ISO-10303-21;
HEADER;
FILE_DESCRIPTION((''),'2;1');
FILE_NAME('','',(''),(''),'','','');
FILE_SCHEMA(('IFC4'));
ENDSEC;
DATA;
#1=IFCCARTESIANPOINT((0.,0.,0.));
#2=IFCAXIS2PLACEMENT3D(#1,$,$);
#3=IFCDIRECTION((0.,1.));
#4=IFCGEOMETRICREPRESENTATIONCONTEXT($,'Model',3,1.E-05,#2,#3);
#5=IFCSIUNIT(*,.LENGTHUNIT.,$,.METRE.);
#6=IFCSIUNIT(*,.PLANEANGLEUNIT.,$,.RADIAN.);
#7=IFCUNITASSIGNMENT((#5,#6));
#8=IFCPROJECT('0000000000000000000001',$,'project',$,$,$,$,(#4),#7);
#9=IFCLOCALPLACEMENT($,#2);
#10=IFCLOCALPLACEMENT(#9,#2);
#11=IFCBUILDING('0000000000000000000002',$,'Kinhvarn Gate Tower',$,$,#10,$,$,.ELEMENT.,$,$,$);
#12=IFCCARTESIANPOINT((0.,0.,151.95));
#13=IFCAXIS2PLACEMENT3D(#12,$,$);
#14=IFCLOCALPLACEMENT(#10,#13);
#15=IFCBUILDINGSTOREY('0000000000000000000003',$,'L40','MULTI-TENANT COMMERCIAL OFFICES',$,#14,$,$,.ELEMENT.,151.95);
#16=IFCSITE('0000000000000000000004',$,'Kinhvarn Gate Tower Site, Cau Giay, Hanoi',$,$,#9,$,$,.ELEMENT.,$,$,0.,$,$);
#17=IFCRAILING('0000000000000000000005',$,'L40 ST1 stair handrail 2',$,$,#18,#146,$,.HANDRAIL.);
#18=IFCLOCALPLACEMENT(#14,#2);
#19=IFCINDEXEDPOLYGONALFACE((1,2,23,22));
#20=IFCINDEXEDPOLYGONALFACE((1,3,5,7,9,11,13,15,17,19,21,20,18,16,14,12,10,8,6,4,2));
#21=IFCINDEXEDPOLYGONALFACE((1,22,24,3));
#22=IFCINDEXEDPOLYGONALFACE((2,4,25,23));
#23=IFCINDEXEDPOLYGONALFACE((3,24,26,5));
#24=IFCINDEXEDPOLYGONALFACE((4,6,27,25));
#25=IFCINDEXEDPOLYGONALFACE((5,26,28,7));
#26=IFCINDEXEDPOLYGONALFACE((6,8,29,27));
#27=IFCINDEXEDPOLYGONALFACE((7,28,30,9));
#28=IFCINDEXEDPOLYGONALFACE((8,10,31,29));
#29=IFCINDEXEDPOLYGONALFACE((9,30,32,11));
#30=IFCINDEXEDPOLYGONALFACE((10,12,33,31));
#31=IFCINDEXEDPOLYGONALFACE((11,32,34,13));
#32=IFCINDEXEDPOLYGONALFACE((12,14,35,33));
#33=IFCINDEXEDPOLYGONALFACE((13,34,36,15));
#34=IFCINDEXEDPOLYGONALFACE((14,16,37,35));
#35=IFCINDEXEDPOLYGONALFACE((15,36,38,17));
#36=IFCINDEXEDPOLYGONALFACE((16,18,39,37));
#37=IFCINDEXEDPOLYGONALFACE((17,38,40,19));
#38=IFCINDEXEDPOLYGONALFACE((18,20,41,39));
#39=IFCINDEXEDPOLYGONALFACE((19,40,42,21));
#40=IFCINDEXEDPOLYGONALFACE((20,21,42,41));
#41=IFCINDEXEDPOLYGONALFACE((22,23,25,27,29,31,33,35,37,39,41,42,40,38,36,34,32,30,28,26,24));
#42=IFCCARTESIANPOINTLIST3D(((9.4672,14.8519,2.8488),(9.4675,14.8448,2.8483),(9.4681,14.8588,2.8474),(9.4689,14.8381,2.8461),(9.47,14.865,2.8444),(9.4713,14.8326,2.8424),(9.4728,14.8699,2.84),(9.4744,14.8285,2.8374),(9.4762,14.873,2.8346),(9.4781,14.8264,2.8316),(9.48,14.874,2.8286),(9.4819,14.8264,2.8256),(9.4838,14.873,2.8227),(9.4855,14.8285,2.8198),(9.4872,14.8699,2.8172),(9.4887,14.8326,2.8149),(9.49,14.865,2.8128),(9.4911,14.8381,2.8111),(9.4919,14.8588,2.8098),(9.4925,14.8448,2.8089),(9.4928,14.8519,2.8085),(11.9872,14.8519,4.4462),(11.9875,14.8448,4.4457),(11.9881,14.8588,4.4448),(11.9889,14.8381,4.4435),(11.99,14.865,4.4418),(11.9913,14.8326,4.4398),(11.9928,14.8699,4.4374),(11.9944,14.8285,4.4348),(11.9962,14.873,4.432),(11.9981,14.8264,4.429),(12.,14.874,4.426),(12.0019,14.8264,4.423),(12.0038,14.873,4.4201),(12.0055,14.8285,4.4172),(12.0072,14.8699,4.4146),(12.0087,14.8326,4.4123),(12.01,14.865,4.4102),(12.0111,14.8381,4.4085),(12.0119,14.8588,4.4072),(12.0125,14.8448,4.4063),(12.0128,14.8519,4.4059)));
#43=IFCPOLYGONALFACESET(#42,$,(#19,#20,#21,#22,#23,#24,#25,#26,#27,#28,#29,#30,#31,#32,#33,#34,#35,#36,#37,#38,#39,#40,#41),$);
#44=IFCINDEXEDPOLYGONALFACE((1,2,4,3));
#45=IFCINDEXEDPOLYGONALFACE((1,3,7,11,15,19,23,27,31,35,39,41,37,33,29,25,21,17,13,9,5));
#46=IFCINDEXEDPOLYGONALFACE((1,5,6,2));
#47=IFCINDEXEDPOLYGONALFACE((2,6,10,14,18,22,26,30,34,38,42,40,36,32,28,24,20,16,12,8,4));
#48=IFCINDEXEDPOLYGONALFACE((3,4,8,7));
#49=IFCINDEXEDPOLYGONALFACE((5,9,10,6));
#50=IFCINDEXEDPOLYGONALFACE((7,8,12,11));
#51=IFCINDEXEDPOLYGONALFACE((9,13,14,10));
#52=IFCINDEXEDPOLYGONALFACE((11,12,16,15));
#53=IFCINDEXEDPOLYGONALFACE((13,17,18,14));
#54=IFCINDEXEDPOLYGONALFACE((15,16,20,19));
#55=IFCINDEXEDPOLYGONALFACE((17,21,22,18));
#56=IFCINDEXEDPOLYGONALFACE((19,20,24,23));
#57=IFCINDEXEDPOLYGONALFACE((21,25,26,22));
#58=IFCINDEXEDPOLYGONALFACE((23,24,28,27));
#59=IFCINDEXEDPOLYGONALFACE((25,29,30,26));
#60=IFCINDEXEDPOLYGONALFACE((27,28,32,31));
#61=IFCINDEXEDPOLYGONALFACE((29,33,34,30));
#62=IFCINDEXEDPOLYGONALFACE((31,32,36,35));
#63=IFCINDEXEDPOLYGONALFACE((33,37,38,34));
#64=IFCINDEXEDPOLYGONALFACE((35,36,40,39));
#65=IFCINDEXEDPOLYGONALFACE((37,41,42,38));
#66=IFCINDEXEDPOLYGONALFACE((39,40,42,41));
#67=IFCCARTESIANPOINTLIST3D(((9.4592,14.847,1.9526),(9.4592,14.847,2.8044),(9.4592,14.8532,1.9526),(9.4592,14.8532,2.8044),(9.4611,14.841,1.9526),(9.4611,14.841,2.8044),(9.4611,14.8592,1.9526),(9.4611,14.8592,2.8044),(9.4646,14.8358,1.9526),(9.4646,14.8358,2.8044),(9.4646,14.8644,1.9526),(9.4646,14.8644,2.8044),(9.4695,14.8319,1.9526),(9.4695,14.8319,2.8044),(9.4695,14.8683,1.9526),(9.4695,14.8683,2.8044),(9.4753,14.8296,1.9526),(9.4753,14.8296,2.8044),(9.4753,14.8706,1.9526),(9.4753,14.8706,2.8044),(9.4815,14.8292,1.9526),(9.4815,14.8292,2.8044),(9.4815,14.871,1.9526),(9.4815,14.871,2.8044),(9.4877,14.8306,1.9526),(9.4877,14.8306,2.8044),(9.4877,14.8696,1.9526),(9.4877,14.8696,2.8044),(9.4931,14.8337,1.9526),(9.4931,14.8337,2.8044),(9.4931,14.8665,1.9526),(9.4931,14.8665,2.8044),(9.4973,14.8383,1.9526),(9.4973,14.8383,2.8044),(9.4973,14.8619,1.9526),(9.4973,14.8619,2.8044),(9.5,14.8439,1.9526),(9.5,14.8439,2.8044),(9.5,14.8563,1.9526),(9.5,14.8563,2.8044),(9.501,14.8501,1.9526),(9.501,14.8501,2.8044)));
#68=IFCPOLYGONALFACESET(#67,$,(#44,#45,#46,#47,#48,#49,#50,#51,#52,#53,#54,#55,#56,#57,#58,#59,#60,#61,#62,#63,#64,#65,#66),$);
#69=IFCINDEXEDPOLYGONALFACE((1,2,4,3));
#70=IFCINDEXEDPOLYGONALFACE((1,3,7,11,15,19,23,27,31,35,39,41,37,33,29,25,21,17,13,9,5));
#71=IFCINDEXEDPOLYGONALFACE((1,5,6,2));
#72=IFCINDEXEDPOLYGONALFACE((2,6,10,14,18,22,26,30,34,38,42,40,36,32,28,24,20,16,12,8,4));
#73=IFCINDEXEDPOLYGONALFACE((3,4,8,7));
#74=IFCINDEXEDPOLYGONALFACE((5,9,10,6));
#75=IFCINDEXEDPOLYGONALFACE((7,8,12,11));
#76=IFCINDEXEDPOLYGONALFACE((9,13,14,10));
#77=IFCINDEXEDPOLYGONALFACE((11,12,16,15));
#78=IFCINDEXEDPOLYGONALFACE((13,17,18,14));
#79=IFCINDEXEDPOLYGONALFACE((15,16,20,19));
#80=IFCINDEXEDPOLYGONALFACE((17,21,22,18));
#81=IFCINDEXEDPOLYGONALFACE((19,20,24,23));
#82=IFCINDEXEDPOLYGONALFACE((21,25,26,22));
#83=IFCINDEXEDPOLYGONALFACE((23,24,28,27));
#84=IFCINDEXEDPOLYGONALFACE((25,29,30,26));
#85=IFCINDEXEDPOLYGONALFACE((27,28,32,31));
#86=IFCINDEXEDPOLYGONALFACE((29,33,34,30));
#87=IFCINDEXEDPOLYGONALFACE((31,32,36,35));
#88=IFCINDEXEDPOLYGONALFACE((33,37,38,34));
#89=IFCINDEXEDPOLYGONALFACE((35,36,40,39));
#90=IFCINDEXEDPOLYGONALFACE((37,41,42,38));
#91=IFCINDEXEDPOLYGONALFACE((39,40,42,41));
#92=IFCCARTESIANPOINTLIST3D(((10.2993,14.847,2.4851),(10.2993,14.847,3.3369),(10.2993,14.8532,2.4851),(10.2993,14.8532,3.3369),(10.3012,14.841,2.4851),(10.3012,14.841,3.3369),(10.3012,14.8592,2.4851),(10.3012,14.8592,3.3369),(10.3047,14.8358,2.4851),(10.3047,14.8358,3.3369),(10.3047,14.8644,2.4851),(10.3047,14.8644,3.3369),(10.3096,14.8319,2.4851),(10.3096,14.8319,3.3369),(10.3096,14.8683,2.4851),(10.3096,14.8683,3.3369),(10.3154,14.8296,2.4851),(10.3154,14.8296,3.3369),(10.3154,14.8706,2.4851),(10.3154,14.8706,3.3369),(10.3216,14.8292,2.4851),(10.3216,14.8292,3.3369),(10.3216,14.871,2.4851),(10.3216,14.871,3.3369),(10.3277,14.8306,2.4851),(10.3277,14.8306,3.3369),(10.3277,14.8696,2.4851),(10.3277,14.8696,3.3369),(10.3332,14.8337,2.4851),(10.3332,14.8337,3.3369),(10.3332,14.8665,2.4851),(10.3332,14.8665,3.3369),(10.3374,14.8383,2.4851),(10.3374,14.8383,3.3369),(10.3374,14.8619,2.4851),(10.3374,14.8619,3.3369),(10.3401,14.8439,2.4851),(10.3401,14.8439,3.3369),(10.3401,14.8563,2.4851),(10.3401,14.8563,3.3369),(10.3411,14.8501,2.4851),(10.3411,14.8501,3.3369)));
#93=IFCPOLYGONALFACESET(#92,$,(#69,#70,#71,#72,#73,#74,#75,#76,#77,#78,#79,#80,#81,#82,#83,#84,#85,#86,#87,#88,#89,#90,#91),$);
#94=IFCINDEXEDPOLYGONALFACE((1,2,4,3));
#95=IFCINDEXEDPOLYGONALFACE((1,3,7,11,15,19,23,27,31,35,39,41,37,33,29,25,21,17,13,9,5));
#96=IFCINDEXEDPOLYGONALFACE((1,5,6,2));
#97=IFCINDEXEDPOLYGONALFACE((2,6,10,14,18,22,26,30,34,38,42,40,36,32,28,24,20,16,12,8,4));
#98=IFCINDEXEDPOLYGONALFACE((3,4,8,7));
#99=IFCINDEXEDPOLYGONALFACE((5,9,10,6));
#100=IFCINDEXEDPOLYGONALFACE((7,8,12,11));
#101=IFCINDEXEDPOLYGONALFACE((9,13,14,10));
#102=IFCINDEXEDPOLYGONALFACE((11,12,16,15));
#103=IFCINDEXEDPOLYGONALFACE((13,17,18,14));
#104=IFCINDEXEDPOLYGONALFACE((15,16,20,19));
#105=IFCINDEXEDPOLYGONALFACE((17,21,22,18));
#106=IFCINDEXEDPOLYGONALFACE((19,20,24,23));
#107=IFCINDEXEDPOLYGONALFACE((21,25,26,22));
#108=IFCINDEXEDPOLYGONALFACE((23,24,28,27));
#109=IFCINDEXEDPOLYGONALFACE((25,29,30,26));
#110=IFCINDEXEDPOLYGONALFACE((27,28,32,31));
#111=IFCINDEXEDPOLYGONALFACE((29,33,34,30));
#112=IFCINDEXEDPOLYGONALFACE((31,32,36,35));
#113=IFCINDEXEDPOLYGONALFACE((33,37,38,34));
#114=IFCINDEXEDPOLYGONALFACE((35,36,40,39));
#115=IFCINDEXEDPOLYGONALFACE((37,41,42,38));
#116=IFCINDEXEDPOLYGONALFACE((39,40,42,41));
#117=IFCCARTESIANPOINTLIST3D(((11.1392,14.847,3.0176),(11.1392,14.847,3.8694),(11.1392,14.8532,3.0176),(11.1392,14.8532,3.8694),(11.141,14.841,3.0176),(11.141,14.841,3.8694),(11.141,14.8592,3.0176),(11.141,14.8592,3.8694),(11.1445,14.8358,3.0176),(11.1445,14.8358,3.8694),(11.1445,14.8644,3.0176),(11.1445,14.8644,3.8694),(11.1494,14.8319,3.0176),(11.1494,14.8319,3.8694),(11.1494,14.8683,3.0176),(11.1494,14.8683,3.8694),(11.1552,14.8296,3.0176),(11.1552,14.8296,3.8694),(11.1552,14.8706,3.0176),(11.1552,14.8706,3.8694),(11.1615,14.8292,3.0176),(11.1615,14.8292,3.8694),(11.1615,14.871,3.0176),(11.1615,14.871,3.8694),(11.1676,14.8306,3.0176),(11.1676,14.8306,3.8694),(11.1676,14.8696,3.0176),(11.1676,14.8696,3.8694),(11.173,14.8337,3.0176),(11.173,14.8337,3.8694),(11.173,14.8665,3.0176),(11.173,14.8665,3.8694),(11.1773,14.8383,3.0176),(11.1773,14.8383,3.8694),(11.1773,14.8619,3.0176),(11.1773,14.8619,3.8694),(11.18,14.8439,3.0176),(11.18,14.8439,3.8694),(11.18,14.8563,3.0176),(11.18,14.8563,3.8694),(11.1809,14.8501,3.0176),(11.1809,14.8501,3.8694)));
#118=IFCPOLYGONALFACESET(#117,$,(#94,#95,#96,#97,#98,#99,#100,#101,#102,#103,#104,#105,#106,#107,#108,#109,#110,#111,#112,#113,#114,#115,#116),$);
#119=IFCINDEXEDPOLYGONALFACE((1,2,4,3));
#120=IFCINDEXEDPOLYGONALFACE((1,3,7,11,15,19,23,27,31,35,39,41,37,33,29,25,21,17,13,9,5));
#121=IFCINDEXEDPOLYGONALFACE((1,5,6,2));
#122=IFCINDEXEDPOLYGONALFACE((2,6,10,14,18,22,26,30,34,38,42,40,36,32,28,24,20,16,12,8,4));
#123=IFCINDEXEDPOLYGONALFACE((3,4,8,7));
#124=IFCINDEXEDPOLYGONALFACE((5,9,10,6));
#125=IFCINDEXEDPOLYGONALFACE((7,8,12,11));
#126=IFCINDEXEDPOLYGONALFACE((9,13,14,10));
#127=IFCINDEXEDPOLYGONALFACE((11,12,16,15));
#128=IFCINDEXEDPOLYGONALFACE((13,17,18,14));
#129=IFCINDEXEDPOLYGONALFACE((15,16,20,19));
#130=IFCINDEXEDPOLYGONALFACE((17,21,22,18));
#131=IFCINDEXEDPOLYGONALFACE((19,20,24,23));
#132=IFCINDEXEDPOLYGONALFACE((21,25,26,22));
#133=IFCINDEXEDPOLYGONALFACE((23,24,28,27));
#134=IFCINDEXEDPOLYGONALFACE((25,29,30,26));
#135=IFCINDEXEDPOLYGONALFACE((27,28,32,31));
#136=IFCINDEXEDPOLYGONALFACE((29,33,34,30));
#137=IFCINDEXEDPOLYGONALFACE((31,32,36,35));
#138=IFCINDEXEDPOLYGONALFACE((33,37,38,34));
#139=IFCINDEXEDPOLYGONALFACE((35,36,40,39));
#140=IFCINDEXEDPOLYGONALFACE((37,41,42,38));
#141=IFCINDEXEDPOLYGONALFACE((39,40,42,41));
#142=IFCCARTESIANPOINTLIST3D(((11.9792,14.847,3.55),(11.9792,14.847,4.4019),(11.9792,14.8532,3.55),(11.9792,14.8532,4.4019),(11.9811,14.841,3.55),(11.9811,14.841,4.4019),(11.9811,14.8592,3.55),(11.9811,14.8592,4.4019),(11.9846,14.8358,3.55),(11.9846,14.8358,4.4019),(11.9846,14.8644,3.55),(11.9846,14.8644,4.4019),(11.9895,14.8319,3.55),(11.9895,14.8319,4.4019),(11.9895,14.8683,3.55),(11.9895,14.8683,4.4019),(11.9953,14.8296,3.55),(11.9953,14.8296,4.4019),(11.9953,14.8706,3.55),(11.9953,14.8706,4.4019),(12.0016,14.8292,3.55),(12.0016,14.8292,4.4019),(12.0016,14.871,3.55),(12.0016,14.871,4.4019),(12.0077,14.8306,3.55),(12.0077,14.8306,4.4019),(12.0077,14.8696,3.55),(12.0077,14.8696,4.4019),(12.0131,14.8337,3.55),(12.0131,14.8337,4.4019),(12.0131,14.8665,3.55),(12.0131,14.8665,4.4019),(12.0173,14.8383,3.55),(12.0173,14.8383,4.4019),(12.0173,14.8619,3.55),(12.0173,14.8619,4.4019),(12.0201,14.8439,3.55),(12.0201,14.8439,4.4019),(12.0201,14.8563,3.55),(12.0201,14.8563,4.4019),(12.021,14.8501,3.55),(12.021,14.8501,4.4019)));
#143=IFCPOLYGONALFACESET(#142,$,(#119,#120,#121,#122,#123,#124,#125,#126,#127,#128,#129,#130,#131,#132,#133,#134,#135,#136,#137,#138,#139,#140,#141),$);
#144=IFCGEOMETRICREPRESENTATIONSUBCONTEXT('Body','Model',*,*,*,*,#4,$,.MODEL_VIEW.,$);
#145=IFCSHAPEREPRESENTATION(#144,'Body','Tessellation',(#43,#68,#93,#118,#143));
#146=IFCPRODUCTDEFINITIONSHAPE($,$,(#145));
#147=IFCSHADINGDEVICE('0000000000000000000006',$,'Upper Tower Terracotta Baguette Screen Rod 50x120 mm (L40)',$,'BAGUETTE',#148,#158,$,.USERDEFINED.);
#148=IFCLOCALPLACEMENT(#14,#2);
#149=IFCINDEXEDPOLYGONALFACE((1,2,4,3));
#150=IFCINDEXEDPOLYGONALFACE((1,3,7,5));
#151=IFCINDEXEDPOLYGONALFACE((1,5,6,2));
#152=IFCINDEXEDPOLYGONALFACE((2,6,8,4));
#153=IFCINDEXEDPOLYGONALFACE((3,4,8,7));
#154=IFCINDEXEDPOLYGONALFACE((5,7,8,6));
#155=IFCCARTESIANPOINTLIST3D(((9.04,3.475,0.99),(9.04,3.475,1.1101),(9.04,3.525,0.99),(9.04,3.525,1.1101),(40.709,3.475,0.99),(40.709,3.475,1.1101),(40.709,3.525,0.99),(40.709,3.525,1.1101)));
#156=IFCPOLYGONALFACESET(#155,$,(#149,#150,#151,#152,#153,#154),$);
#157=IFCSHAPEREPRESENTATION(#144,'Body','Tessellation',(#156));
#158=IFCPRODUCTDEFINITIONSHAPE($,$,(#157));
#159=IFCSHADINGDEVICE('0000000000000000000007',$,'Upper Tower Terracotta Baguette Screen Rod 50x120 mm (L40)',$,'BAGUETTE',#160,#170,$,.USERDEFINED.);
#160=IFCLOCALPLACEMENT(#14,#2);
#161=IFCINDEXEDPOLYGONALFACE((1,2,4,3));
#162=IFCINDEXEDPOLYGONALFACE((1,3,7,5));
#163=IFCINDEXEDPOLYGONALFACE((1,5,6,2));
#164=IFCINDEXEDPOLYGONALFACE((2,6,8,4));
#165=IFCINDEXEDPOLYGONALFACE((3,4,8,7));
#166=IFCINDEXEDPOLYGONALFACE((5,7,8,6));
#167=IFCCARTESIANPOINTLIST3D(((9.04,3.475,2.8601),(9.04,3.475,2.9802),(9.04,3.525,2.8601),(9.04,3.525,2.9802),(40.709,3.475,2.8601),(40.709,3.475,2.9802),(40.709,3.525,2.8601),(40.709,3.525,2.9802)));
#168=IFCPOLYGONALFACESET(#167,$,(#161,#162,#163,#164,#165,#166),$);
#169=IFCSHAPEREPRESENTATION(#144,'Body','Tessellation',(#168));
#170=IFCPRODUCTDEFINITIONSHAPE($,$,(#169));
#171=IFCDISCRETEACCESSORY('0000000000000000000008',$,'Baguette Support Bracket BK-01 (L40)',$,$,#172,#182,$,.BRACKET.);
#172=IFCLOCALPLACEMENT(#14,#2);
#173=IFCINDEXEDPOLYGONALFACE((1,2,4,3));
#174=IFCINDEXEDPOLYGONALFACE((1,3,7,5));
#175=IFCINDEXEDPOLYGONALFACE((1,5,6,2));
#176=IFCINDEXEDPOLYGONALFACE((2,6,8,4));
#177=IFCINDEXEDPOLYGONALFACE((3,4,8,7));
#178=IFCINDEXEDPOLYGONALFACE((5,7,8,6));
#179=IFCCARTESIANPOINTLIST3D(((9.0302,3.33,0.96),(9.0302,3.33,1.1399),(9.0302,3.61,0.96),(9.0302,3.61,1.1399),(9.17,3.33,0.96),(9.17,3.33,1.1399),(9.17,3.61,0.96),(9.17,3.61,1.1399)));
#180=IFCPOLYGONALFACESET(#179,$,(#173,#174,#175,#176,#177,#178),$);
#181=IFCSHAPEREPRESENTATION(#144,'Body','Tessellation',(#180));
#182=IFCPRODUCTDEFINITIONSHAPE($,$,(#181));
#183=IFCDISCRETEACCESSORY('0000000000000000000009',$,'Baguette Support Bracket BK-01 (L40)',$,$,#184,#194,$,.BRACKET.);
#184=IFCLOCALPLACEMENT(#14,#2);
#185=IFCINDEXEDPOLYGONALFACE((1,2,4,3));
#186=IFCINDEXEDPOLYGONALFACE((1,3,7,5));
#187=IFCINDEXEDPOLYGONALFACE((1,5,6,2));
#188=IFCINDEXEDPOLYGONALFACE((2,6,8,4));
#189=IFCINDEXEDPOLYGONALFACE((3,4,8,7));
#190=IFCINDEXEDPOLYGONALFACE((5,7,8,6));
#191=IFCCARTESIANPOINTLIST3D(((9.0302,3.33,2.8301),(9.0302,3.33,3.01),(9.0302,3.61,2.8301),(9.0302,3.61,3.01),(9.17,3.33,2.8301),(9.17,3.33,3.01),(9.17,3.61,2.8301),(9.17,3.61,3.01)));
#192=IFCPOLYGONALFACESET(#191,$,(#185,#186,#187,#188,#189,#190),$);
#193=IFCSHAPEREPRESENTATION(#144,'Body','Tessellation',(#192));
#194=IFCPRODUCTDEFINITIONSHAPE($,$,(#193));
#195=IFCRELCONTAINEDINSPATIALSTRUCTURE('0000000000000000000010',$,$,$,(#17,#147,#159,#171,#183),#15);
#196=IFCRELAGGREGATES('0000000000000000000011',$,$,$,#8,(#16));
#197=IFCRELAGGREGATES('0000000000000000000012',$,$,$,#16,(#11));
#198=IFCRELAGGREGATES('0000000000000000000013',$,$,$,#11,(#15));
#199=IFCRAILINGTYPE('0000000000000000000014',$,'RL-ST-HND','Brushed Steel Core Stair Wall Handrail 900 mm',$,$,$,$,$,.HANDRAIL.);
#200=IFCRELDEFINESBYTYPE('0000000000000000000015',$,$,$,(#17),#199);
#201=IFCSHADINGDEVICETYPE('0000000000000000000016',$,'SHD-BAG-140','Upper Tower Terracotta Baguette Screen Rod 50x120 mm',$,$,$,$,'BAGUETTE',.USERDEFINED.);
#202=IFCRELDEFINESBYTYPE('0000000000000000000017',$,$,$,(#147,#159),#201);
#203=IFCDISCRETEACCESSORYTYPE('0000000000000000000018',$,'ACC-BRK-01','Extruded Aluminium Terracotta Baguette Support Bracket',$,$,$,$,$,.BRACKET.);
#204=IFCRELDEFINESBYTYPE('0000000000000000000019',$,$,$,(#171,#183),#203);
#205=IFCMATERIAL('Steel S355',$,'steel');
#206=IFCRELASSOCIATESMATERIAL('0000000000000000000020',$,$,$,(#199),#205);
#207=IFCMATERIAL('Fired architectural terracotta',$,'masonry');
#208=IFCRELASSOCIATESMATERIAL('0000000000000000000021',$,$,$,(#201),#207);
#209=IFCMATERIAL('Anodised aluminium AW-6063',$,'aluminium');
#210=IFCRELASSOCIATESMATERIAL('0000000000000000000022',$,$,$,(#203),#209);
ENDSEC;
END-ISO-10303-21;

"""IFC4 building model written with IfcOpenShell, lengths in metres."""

from ifc_helpers import new_model, si_unit, direction, frame, origin, origin_2d, place, context, subcontext, project, spatial, rectangle, circle, extrude, material, material_profile, profile_set, type_object, element, save


model = new_model("IFC4")

# Units and contexts
model_context = context("Model", 3, precision=1e-05, world=origin(), true_north=direction((0.0, 1.0)))
body_context = subcontext(model_context, "Body", "Model", "MODEL_VIEW")
ifc_project = project(units=[si_unit("LENGTHUNIT", "METRE"), si_unit("PLANEANGLEUNIT", "RADIAN")], contexts=[model_context])

# Site, building, storey
site_placement = place(None, origin())
site = spatial("IfcSite", under=ifc_project, at=site_placement, Name="Kinhvarn Gate Tower Site, Cau Giay, Hanoi", CompositionType="ELEMENT", RefElevation=0.0)
building_placement = place(site_placement, origin())
building = spatial("IfcBuilding", under=site, at=building_placement, Name="Kinhvarn Gate Tower", CompositionType="ELEMENT")
storey_placement = place(building_placement, frame((0.0, 0.0, 151.95)))
storey = spatial("IfcBuildingStorey", under=building, at=storey_placement, Name="L40", Description="MULTI-TENANT COMMERCIAL OFFICES", CompositionType="ELEMENT", Elevation=151.95)

# Shared definitions
ifc_material_1 = material(Name="Anodised aluminium AW-6063", Category="aluminium")

# Shared definitions
ifc_material_2 = material(Name="Steel S355", Category="steel")

# Shared definitions
ifc_material_3 = material(Name="Fired architectural terracotta", Category="masonry")

# Railing
railing_type_1 = type_object("IfcRailingType", Name="RL-ST-HND", Description="Brushed Steel Core Stair Wall Handrail 900 mm", PredefinedType="HANDRAIL", material=ifc_material_2)
railing_1_placement = place(storey_placement, frame((9.48, 14.8501, 1.9526)))
element("IfcRailing", 1, at=railing_1_placement, inside=storey, type_object=railing_type_1, Name="L40 ST1 stair handrail 2", PredefinedType="HANDRAIL", context=body_context, shape_type="SweptSolid", body=[
    extrude(circle(Radius=0.0239, at=origin_2d()), frame((0.0, 0.0, 0.876), z_axis=(0.844607, 0.0, 0.535387), x_axis=(0.0, 1.0, 0.0)), (0.0, 0.0, 1.0), 2.9836),
    extrude(circle(Radius=0.021, at=origin_2d()), origin(), (0.0, 0.0, 1.0), 0.8518),
    extrude(circle(Radius=0.021, at=origin_2d()), frame((0.8401, 0.0, 0.5325)), (0.0, 0.0, 1.0), 0.8518),
    extrude(circle(Radius=0.021, at=origin_2d()), frame((1.6799, 0.0, 1.0649)), (0.0, 0.0, 1.0), 0.8518),
    extrude(circle(Radius=0.021, at=origin_2d()), frame((2.52, 0.0, 1.5974)), (0.0, 0.0, 1.0), 0.8518),
])

# Shading devices
ifc_material_profile_1 = material_profile(ifc_material_3, rectangle(XDim=0.05, YDim=0.1201, at=origin_2d()), Name="TC 50x120")
ifc_profile_set_1 = profile_set([ifc_material_profile_1], Name="Fired architectural terracotta")
shading_device_type = type_object("IfcShadingDeviceType", Name="SHD-BAG-140", Description="Upper Tower Terracotta Baguette Screen Rod 50x120 mm", ElementType="BAGUETTE", PredefinedType="USERDEFINED", material=ifc_profile_set_1)
for number, where, z_axis, x_axis, name in (
    (2, (9.04, 3.5, 1.05), (1.0, 0.0, 0.0), (0.0, 1.0, 0.0), "Upper Tower Terracotta Baguette Screen Rod 50x120 mm (L40)"),
    (3, (9.04, 3.5, 2.9202), (1.0, 0.0, 0.0), (0.0, 1.0, 0.0), "Upper Tower Terracotta Baguette Screen Rod 50x120 mm (L40)"),
):
    element("IfcShadingDevice", number, at=place(storey_placement, frame(where, z_axis=z_axis, x_axis=x_axis)), inside=storey, type_object=shading_device_type, Name=name, ObjectType="BAGUETTE", PredefinedType="USERDEFINED", context=body_context, shape_type="SweptSolid", body=[
        extrude(rectangle(XDim=0.05, YDim=0.1201, at=origin_2d()), origin(), (0.0, 0.0, 1.0), 31.6689),
    ])

# Discrete accessories
discrete_accessory_type = type_object("IfcDiscreteAccessoryType", Name="ACC-BRK-01", Description="Extruded Aluminium Terracotta Baguette Support Bracket", PredefinedType="BRACKET", material=ifc_material_1)
for number, where, z_axis, x_axis, name in (
    (4, (9.1001, 3.47, 0.96), (0.0, 0.0, 1.0), (1.0, 0.0, 0.0), "Baguette Support Bracket BK-01 (L40)"),
    (5, (9.1001, 3.47, 2.8301), (0.0, 0.0, 1.0), (1.0, 0.0, 0.0), "Baguette Support Bracket BK-01 (L40)"),
):
    element("IfcDiscreteAccessory", number, at=place(storey_placement, frame(where, z_axis=z_axis, x_axis=x_axis)), inside=storey, type_object=discrete_accessory_type, Name=name, PredefinedType="BRACKET", context=body_context, shape_type="SweptSolid", body=[
        extrude(rectangle(XDim=0.1399, YDim=0.28, at=origin_2d()), origin(), (0.0, 0.0, 1.0), 0.1799),
    ])

save(model, "model.ifc")
